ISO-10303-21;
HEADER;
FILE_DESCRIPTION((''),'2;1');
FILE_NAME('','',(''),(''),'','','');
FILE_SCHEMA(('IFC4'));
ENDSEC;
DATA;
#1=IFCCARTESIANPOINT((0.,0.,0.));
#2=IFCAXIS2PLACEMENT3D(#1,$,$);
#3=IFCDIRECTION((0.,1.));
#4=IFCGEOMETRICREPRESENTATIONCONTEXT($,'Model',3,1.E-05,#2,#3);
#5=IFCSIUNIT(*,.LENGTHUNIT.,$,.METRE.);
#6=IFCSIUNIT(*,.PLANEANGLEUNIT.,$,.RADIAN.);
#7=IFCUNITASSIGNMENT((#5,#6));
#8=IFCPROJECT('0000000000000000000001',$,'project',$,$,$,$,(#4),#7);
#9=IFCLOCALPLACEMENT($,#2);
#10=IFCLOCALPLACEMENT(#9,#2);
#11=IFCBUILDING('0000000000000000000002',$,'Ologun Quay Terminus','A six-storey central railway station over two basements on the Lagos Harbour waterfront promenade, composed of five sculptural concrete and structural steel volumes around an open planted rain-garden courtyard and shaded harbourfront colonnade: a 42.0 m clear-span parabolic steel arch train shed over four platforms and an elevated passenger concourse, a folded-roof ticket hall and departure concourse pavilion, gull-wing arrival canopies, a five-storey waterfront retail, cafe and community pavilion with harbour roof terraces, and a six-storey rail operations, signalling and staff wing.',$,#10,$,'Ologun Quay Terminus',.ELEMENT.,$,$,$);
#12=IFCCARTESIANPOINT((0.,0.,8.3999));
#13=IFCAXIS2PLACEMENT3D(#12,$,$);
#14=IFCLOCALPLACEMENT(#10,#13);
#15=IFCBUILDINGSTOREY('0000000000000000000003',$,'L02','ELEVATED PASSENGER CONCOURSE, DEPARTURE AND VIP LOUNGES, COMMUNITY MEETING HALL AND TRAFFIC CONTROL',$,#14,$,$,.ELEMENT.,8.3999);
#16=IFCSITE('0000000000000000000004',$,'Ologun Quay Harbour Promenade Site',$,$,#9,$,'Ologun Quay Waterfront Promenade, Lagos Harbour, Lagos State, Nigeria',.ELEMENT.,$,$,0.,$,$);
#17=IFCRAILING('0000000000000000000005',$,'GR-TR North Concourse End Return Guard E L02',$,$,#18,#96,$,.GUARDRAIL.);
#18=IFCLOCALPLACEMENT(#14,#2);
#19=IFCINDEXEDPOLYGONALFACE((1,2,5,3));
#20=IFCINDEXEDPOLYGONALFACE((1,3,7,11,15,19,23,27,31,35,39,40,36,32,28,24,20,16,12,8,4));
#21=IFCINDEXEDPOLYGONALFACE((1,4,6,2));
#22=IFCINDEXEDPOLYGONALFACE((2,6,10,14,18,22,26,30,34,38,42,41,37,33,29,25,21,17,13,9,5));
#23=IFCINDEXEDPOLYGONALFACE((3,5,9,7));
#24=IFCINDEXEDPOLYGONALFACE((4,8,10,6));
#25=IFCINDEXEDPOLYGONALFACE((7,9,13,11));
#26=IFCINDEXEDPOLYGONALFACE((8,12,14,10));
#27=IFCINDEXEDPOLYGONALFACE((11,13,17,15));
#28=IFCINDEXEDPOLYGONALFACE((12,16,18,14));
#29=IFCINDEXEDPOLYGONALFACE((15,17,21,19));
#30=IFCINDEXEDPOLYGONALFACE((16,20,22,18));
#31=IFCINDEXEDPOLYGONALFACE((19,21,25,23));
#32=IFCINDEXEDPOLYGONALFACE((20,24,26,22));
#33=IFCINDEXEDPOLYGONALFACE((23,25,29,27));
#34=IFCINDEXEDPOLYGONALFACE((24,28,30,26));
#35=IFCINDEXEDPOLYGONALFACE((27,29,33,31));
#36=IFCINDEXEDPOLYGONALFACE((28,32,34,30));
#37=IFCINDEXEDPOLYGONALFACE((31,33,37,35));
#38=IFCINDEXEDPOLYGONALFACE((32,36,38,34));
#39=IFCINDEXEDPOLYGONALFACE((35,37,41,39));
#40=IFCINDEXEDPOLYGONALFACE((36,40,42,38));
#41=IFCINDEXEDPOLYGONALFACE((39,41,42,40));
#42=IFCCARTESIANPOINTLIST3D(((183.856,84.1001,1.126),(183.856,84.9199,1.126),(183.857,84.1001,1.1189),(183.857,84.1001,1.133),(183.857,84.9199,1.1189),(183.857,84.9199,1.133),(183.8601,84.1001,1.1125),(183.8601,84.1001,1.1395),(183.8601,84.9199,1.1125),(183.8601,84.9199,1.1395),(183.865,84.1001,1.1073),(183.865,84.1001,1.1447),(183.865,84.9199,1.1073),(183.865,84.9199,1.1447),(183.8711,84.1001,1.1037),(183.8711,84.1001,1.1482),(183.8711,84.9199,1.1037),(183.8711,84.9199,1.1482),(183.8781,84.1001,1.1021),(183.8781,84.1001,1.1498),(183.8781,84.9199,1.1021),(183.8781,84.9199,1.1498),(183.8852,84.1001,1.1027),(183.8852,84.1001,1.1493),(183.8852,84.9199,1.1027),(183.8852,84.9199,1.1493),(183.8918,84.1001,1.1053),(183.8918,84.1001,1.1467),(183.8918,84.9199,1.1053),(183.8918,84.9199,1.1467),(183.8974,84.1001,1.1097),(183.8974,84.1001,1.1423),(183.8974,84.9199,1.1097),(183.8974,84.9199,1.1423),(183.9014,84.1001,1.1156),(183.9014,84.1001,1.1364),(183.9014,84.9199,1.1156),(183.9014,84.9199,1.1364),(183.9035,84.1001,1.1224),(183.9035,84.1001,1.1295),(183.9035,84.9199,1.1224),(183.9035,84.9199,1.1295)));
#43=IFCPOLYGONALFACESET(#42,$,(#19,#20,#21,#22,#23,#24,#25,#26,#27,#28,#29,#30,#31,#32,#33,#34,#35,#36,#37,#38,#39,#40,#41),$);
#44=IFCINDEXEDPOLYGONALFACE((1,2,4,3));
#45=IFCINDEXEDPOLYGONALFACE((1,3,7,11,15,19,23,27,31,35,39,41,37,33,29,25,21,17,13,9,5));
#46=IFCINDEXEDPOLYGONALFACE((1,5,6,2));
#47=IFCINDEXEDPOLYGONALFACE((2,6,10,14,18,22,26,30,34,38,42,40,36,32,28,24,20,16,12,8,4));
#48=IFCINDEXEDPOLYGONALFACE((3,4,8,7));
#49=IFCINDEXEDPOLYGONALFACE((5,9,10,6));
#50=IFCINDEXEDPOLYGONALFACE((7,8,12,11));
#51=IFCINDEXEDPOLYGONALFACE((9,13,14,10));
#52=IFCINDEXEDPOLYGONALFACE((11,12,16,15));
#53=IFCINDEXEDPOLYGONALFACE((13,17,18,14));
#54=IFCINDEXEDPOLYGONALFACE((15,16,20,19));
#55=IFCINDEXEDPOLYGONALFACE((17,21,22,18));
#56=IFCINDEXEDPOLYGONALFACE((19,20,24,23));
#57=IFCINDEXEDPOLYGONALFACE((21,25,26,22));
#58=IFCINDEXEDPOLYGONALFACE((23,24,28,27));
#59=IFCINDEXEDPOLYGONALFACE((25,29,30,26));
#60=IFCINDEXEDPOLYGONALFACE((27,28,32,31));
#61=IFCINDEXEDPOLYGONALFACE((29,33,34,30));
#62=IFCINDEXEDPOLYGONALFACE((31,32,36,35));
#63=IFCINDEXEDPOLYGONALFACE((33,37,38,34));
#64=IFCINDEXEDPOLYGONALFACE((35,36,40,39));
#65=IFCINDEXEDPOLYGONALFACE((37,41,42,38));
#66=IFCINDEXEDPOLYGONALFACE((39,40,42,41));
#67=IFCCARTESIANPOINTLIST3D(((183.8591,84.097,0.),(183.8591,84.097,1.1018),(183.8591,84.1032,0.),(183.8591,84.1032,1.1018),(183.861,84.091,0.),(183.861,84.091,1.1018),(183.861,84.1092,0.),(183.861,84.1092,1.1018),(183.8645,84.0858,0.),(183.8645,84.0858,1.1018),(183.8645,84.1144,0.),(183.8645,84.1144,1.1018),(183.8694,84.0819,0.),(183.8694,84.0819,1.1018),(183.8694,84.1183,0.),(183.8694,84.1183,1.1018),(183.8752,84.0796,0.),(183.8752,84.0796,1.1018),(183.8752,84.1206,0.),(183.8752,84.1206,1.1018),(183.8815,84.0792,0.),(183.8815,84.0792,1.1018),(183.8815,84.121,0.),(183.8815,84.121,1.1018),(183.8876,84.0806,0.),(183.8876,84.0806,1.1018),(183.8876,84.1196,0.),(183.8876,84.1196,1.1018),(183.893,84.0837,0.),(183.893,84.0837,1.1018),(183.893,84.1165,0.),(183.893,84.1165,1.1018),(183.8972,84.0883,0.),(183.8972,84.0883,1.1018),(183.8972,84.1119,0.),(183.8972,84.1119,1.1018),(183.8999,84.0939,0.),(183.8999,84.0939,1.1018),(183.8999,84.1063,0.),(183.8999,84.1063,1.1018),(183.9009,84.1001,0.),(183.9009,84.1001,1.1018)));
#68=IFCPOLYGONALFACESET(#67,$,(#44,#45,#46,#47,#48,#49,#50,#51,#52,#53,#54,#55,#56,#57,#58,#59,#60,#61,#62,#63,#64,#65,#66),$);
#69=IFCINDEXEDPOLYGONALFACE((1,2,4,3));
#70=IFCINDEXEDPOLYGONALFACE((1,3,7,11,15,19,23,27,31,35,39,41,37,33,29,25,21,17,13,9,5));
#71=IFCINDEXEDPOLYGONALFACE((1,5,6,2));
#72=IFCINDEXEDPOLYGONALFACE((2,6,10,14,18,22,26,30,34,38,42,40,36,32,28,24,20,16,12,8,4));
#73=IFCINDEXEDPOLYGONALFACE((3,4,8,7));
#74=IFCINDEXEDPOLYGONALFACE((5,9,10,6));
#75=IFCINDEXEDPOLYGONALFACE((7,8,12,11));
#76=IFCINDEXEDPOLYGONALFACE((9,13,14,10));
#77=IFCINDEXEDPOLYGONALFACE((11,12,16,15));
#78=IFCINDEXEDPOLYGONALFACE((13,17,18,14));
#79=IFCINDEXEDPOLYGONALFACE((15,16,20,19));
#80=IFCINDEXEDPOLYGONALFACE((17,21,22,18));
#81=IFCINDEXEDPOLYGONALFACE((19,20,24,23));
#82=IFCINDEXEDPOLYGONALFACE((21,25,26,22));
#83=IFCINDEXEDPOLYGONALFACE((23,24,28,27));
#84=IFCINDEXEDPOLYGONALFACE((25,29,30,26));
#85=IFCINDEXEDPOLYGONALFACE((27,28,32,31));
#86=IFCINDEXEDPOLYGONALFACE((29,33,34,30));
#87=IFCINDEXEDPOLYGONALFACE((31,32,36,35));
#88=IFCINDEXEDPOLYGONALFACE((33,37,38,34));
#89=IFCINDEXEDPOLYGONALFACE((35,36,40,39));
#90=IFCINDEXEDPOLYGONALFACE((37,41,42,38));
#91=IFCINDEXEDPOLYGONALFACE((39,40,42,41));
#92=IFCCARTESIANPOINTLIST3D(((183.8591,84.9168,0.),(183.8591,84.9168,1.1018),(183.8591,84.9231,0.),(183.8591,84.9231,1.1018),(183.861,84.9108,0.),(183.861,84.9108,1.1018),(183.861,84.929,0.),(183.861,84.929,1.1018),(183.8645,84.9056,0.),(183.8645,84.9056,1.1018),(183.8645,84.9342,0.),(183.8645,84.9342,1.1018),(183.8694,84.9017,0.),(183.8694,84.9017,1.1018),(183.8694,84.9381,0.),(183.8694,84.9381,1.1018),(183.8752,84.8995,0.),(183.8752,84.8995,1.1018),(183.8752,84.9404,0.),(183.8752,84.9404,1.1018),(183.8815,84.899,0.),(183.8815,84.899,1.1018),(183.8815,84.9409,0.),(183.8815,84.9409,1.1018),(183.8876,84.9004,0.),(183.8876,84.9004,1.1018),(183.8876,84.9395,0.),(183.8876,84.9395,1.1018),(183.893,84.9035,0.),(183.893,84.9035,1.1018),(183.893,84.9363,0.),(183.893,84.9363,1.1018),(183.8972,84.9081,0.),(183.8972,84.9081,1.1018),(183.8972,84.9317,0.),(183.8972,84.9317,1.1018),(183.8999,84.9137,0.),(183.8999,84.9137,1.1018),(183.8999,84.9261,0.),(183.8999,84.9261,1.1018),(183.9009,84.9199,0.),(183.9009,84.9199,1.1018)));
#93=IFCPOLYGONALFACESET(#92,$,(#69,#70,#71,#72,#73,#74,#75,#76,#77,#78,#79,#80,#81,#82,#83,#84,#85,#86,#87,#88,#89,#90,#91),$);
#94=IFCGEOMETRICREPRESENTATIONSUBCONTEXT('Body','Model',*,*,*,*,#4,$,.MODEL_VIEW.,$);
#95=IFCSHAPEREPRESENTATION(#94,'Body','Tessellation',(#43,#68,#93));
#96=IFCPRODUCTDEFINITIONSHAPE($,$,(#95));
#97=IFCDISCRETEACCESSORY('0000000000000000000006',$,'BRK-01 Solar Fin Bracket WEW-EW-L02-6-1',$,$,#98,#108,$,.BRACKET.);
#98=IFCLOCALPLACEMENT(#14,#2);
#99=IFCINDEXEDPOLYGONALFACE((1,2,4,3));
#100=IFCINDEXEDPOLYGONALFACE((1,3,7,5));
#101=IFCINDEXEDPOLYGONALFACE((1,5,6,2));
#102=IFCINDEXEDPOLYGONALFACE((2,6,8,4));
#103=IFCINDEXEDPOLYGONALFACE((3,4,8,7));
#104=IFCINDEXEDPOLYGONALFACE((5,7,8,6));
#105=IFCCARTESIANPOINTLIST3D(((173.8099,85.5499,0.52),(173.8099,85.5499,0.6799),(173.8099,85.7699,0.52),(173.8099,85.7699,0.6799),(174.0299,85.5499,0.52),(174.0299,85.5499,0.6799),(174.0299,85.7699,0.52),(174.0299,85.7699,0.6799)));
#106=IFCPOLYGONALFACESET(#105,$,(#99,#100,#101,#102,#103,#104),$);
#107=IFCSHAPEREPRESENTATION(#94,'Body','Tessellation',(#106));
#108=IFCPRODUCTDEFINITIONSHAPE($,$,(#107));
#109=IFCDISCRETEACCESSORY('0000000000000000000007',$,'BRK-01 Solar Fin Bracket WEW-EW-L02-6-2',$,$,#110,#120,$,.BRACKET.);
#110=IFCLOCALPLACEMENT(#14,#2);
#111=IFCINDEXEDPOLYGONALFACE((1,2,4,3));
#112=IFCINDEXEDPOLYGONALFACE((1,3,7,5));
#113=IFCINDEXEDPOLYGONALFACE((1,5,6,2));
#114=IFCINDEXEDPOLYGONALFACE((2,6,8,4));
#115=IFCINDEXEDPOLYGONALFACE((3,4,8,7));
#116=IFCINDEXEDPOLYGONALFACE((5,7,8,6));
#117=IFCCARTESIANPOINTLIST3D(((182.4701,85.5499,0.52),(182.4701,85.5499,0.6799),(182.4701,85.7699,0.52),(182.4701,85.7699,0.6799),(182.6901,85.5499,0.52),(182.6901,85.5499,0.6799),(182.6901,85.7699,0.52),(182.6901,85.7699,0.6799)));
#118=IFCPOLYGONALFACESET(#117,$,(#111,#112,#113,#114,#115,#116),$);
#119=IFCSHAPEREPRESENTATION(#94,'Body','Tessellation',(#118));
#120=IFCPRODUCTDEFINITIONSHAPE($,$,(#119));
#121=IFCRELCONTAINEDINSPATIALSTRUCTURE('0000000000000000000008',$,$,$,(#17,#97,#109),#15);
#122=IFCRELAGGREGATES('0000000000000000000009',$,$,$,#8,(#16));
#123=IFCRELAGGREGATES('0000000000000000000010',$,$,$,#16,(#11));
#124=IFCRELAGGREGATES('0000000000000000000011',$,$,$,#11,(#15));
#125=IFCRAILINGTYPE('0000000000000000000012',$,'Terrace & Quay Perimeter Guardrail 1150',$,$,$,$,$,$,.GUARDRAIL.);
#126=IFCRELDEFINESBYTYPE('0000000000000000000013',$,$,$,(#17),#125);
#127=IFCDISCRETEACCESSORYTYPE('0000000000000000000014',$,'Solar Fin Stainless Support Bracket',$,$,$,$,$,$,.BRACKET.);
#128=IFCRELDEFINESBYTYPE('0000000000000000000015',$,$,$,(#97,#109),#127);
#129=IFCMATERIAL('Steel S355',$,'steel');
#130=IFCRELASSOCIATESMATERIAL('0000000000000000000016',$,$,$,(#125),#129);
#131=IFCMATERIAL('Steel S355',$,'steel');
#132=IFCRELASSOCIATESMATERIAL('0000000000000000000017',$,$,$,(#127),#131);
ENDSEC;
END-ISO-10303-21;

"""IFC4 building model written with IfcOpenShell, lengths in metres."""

from ifc_helpers import new_model, si_unit, direction, frame, origin, origin_2d, place, context, subcontext, project, spatial, rectangle, circle, extrude, material, type_object, element, save


model = new_model("IFC4")

# Units and contexts
model_context = context("Model", 3, precision=1e-05, world=origin(), true_north=direction((0.0, 1.0)))
body_context = subcontext(model_context, "Body", "Model", "MODEL_VIEW")
ifc_project = project(units=[si_unit("LENGTHUNIT", "METRE"), si_unit("PLANEANGLEUNIT", "RADIAN")], contexts=[model_context])

# Site, building, storey
site_placement = place(None, origin())
site = spatial("IfcSite", under=ifc_project, at=site_placement, Name="Ologun Quay Harbour Promenade Site", LongName="Ologun Quay Waterfront Promenade, Lagos Harbour, Lagos State, Nigeria", CompositionType="ELEMENT", RefElevation=0.0)
building_placement = place(site_placement, origin())
building = spatial("IfcBuilding", under=site, at=building_placement, Name="Ologun Quay Terminus", Description="A six-storey central railway station over two basements on the Lagos Harbour waterfront promenade, composed of five sculptural concrete and structural steel volumes around an open planted rain-garden courtyard and shaded harbourfront colonnade: a 42.0 m clear-span parabolic steel arch train shed over four platforms and an elevated passenger concourse, a folded-roof ticket hall and departure concourse pavilion, gull-wing arrival canopies, a five-storey waterfront retail, cafe and community pavilion with harbour roof terraces, and a six-storey rail operations, signalling and staff wing.", LongName="Ologun Quay Terminus", CompositionType="ELEMENT")
storey_placement = place(building_placement, frame((0.0, 0.0, 8.3999)))
storey = spatial("IfcBuildingStorey", under=building, at=storey_placement, Name="L02", Description="ELEVATED PASSENGER CONCOURSE, DEPARTURE AND VIP LOUNGES, COMMUNITY MEETING HALL AND TRAFFIC CONTROL", CompositionType="ELEMENT", Elevation=8.3999)

# Railing
ifc_material_1 = material(Name="Steel S355", Category="steel")
railing_type_1 = type_object("IfcRailingType", Name="Terrace & Quay Perimeter Guardrail 1150", PredefinedType="GUARDRAIL", material=ifc_material_1)
railing_1_placement = place(storey_placement, frame((183.8799, 84.1001, 0.0)))
element("IfcRailing", 1, at=railing_1_placement, inside=storey, type_object=railing_type_1, Name="GR-TR North Concourse End Return Guard E L02", PredefinedType="GUARDRAIL", context=body_context, shape_type="SweptSolid", body=[
    extrude(circle(Radius=0.0239, at=origin_2d()), frame((0.0, 0.0, 1.126), z_axis=(0.0, 1.0, 0.0), x_axis=(-1.0, 0.0, 0.0)), (0.0, 0.0, 1.0), 0.8198),
    extrude(circle(Radius=0.021, at=origin_2d()), origin(), (0.0, 0.0, 1.0), 1.1018),
    extrude(circle(Radius=0.021, at=origin_2d()), frame((0.0, 0.8198, 0.0)), (0.0, 0.0, 1.0), 1.1018),
])

# Discrete accessories
ifc_material_2 = material(Name="Steel S355", Category="steel")
discrete_accessory_type = type_object("IfcDiscreteAccessoryType", Name="Solar Fin Stainless Support Bracket", PredefinedType="BRACKET", material=ifc_material_2)
for number, where, z_axis, x_axis, name in (
    (2, (173.9199, 85.6599, 0.52), (0.0, 0.0, 1.0), (1.0, 0.0, 0.0), "BRK-01 Solar Fin Bracket WEW-EW-L02-6-1"),
    (3, (182.5801, 85.6599, 0.52), (0.0, 0.0, 1.0), (1.0, 0.0, 0.0), "BRK-01 Solar Fin Bracket WEW-EW-L02-6-2"),
):
    element("IfcDiscreteAccessory", number, at=place(storey_placement, frame(where, z_axis=z_axis, x_axis=x_axis)), inside=storey, type_object=discrete_accessory_type, Name=name, PredefinedType="BRACKET", context=body_context, shape_type="SweptSolid", body=[
        extrude(rectangle(XDim=0.22, YDim=0.22, at=origin_2d()), origin(), (0.0, 0.0, 1.0), 0.1599),
    ])

save(model, "model.ifc")
